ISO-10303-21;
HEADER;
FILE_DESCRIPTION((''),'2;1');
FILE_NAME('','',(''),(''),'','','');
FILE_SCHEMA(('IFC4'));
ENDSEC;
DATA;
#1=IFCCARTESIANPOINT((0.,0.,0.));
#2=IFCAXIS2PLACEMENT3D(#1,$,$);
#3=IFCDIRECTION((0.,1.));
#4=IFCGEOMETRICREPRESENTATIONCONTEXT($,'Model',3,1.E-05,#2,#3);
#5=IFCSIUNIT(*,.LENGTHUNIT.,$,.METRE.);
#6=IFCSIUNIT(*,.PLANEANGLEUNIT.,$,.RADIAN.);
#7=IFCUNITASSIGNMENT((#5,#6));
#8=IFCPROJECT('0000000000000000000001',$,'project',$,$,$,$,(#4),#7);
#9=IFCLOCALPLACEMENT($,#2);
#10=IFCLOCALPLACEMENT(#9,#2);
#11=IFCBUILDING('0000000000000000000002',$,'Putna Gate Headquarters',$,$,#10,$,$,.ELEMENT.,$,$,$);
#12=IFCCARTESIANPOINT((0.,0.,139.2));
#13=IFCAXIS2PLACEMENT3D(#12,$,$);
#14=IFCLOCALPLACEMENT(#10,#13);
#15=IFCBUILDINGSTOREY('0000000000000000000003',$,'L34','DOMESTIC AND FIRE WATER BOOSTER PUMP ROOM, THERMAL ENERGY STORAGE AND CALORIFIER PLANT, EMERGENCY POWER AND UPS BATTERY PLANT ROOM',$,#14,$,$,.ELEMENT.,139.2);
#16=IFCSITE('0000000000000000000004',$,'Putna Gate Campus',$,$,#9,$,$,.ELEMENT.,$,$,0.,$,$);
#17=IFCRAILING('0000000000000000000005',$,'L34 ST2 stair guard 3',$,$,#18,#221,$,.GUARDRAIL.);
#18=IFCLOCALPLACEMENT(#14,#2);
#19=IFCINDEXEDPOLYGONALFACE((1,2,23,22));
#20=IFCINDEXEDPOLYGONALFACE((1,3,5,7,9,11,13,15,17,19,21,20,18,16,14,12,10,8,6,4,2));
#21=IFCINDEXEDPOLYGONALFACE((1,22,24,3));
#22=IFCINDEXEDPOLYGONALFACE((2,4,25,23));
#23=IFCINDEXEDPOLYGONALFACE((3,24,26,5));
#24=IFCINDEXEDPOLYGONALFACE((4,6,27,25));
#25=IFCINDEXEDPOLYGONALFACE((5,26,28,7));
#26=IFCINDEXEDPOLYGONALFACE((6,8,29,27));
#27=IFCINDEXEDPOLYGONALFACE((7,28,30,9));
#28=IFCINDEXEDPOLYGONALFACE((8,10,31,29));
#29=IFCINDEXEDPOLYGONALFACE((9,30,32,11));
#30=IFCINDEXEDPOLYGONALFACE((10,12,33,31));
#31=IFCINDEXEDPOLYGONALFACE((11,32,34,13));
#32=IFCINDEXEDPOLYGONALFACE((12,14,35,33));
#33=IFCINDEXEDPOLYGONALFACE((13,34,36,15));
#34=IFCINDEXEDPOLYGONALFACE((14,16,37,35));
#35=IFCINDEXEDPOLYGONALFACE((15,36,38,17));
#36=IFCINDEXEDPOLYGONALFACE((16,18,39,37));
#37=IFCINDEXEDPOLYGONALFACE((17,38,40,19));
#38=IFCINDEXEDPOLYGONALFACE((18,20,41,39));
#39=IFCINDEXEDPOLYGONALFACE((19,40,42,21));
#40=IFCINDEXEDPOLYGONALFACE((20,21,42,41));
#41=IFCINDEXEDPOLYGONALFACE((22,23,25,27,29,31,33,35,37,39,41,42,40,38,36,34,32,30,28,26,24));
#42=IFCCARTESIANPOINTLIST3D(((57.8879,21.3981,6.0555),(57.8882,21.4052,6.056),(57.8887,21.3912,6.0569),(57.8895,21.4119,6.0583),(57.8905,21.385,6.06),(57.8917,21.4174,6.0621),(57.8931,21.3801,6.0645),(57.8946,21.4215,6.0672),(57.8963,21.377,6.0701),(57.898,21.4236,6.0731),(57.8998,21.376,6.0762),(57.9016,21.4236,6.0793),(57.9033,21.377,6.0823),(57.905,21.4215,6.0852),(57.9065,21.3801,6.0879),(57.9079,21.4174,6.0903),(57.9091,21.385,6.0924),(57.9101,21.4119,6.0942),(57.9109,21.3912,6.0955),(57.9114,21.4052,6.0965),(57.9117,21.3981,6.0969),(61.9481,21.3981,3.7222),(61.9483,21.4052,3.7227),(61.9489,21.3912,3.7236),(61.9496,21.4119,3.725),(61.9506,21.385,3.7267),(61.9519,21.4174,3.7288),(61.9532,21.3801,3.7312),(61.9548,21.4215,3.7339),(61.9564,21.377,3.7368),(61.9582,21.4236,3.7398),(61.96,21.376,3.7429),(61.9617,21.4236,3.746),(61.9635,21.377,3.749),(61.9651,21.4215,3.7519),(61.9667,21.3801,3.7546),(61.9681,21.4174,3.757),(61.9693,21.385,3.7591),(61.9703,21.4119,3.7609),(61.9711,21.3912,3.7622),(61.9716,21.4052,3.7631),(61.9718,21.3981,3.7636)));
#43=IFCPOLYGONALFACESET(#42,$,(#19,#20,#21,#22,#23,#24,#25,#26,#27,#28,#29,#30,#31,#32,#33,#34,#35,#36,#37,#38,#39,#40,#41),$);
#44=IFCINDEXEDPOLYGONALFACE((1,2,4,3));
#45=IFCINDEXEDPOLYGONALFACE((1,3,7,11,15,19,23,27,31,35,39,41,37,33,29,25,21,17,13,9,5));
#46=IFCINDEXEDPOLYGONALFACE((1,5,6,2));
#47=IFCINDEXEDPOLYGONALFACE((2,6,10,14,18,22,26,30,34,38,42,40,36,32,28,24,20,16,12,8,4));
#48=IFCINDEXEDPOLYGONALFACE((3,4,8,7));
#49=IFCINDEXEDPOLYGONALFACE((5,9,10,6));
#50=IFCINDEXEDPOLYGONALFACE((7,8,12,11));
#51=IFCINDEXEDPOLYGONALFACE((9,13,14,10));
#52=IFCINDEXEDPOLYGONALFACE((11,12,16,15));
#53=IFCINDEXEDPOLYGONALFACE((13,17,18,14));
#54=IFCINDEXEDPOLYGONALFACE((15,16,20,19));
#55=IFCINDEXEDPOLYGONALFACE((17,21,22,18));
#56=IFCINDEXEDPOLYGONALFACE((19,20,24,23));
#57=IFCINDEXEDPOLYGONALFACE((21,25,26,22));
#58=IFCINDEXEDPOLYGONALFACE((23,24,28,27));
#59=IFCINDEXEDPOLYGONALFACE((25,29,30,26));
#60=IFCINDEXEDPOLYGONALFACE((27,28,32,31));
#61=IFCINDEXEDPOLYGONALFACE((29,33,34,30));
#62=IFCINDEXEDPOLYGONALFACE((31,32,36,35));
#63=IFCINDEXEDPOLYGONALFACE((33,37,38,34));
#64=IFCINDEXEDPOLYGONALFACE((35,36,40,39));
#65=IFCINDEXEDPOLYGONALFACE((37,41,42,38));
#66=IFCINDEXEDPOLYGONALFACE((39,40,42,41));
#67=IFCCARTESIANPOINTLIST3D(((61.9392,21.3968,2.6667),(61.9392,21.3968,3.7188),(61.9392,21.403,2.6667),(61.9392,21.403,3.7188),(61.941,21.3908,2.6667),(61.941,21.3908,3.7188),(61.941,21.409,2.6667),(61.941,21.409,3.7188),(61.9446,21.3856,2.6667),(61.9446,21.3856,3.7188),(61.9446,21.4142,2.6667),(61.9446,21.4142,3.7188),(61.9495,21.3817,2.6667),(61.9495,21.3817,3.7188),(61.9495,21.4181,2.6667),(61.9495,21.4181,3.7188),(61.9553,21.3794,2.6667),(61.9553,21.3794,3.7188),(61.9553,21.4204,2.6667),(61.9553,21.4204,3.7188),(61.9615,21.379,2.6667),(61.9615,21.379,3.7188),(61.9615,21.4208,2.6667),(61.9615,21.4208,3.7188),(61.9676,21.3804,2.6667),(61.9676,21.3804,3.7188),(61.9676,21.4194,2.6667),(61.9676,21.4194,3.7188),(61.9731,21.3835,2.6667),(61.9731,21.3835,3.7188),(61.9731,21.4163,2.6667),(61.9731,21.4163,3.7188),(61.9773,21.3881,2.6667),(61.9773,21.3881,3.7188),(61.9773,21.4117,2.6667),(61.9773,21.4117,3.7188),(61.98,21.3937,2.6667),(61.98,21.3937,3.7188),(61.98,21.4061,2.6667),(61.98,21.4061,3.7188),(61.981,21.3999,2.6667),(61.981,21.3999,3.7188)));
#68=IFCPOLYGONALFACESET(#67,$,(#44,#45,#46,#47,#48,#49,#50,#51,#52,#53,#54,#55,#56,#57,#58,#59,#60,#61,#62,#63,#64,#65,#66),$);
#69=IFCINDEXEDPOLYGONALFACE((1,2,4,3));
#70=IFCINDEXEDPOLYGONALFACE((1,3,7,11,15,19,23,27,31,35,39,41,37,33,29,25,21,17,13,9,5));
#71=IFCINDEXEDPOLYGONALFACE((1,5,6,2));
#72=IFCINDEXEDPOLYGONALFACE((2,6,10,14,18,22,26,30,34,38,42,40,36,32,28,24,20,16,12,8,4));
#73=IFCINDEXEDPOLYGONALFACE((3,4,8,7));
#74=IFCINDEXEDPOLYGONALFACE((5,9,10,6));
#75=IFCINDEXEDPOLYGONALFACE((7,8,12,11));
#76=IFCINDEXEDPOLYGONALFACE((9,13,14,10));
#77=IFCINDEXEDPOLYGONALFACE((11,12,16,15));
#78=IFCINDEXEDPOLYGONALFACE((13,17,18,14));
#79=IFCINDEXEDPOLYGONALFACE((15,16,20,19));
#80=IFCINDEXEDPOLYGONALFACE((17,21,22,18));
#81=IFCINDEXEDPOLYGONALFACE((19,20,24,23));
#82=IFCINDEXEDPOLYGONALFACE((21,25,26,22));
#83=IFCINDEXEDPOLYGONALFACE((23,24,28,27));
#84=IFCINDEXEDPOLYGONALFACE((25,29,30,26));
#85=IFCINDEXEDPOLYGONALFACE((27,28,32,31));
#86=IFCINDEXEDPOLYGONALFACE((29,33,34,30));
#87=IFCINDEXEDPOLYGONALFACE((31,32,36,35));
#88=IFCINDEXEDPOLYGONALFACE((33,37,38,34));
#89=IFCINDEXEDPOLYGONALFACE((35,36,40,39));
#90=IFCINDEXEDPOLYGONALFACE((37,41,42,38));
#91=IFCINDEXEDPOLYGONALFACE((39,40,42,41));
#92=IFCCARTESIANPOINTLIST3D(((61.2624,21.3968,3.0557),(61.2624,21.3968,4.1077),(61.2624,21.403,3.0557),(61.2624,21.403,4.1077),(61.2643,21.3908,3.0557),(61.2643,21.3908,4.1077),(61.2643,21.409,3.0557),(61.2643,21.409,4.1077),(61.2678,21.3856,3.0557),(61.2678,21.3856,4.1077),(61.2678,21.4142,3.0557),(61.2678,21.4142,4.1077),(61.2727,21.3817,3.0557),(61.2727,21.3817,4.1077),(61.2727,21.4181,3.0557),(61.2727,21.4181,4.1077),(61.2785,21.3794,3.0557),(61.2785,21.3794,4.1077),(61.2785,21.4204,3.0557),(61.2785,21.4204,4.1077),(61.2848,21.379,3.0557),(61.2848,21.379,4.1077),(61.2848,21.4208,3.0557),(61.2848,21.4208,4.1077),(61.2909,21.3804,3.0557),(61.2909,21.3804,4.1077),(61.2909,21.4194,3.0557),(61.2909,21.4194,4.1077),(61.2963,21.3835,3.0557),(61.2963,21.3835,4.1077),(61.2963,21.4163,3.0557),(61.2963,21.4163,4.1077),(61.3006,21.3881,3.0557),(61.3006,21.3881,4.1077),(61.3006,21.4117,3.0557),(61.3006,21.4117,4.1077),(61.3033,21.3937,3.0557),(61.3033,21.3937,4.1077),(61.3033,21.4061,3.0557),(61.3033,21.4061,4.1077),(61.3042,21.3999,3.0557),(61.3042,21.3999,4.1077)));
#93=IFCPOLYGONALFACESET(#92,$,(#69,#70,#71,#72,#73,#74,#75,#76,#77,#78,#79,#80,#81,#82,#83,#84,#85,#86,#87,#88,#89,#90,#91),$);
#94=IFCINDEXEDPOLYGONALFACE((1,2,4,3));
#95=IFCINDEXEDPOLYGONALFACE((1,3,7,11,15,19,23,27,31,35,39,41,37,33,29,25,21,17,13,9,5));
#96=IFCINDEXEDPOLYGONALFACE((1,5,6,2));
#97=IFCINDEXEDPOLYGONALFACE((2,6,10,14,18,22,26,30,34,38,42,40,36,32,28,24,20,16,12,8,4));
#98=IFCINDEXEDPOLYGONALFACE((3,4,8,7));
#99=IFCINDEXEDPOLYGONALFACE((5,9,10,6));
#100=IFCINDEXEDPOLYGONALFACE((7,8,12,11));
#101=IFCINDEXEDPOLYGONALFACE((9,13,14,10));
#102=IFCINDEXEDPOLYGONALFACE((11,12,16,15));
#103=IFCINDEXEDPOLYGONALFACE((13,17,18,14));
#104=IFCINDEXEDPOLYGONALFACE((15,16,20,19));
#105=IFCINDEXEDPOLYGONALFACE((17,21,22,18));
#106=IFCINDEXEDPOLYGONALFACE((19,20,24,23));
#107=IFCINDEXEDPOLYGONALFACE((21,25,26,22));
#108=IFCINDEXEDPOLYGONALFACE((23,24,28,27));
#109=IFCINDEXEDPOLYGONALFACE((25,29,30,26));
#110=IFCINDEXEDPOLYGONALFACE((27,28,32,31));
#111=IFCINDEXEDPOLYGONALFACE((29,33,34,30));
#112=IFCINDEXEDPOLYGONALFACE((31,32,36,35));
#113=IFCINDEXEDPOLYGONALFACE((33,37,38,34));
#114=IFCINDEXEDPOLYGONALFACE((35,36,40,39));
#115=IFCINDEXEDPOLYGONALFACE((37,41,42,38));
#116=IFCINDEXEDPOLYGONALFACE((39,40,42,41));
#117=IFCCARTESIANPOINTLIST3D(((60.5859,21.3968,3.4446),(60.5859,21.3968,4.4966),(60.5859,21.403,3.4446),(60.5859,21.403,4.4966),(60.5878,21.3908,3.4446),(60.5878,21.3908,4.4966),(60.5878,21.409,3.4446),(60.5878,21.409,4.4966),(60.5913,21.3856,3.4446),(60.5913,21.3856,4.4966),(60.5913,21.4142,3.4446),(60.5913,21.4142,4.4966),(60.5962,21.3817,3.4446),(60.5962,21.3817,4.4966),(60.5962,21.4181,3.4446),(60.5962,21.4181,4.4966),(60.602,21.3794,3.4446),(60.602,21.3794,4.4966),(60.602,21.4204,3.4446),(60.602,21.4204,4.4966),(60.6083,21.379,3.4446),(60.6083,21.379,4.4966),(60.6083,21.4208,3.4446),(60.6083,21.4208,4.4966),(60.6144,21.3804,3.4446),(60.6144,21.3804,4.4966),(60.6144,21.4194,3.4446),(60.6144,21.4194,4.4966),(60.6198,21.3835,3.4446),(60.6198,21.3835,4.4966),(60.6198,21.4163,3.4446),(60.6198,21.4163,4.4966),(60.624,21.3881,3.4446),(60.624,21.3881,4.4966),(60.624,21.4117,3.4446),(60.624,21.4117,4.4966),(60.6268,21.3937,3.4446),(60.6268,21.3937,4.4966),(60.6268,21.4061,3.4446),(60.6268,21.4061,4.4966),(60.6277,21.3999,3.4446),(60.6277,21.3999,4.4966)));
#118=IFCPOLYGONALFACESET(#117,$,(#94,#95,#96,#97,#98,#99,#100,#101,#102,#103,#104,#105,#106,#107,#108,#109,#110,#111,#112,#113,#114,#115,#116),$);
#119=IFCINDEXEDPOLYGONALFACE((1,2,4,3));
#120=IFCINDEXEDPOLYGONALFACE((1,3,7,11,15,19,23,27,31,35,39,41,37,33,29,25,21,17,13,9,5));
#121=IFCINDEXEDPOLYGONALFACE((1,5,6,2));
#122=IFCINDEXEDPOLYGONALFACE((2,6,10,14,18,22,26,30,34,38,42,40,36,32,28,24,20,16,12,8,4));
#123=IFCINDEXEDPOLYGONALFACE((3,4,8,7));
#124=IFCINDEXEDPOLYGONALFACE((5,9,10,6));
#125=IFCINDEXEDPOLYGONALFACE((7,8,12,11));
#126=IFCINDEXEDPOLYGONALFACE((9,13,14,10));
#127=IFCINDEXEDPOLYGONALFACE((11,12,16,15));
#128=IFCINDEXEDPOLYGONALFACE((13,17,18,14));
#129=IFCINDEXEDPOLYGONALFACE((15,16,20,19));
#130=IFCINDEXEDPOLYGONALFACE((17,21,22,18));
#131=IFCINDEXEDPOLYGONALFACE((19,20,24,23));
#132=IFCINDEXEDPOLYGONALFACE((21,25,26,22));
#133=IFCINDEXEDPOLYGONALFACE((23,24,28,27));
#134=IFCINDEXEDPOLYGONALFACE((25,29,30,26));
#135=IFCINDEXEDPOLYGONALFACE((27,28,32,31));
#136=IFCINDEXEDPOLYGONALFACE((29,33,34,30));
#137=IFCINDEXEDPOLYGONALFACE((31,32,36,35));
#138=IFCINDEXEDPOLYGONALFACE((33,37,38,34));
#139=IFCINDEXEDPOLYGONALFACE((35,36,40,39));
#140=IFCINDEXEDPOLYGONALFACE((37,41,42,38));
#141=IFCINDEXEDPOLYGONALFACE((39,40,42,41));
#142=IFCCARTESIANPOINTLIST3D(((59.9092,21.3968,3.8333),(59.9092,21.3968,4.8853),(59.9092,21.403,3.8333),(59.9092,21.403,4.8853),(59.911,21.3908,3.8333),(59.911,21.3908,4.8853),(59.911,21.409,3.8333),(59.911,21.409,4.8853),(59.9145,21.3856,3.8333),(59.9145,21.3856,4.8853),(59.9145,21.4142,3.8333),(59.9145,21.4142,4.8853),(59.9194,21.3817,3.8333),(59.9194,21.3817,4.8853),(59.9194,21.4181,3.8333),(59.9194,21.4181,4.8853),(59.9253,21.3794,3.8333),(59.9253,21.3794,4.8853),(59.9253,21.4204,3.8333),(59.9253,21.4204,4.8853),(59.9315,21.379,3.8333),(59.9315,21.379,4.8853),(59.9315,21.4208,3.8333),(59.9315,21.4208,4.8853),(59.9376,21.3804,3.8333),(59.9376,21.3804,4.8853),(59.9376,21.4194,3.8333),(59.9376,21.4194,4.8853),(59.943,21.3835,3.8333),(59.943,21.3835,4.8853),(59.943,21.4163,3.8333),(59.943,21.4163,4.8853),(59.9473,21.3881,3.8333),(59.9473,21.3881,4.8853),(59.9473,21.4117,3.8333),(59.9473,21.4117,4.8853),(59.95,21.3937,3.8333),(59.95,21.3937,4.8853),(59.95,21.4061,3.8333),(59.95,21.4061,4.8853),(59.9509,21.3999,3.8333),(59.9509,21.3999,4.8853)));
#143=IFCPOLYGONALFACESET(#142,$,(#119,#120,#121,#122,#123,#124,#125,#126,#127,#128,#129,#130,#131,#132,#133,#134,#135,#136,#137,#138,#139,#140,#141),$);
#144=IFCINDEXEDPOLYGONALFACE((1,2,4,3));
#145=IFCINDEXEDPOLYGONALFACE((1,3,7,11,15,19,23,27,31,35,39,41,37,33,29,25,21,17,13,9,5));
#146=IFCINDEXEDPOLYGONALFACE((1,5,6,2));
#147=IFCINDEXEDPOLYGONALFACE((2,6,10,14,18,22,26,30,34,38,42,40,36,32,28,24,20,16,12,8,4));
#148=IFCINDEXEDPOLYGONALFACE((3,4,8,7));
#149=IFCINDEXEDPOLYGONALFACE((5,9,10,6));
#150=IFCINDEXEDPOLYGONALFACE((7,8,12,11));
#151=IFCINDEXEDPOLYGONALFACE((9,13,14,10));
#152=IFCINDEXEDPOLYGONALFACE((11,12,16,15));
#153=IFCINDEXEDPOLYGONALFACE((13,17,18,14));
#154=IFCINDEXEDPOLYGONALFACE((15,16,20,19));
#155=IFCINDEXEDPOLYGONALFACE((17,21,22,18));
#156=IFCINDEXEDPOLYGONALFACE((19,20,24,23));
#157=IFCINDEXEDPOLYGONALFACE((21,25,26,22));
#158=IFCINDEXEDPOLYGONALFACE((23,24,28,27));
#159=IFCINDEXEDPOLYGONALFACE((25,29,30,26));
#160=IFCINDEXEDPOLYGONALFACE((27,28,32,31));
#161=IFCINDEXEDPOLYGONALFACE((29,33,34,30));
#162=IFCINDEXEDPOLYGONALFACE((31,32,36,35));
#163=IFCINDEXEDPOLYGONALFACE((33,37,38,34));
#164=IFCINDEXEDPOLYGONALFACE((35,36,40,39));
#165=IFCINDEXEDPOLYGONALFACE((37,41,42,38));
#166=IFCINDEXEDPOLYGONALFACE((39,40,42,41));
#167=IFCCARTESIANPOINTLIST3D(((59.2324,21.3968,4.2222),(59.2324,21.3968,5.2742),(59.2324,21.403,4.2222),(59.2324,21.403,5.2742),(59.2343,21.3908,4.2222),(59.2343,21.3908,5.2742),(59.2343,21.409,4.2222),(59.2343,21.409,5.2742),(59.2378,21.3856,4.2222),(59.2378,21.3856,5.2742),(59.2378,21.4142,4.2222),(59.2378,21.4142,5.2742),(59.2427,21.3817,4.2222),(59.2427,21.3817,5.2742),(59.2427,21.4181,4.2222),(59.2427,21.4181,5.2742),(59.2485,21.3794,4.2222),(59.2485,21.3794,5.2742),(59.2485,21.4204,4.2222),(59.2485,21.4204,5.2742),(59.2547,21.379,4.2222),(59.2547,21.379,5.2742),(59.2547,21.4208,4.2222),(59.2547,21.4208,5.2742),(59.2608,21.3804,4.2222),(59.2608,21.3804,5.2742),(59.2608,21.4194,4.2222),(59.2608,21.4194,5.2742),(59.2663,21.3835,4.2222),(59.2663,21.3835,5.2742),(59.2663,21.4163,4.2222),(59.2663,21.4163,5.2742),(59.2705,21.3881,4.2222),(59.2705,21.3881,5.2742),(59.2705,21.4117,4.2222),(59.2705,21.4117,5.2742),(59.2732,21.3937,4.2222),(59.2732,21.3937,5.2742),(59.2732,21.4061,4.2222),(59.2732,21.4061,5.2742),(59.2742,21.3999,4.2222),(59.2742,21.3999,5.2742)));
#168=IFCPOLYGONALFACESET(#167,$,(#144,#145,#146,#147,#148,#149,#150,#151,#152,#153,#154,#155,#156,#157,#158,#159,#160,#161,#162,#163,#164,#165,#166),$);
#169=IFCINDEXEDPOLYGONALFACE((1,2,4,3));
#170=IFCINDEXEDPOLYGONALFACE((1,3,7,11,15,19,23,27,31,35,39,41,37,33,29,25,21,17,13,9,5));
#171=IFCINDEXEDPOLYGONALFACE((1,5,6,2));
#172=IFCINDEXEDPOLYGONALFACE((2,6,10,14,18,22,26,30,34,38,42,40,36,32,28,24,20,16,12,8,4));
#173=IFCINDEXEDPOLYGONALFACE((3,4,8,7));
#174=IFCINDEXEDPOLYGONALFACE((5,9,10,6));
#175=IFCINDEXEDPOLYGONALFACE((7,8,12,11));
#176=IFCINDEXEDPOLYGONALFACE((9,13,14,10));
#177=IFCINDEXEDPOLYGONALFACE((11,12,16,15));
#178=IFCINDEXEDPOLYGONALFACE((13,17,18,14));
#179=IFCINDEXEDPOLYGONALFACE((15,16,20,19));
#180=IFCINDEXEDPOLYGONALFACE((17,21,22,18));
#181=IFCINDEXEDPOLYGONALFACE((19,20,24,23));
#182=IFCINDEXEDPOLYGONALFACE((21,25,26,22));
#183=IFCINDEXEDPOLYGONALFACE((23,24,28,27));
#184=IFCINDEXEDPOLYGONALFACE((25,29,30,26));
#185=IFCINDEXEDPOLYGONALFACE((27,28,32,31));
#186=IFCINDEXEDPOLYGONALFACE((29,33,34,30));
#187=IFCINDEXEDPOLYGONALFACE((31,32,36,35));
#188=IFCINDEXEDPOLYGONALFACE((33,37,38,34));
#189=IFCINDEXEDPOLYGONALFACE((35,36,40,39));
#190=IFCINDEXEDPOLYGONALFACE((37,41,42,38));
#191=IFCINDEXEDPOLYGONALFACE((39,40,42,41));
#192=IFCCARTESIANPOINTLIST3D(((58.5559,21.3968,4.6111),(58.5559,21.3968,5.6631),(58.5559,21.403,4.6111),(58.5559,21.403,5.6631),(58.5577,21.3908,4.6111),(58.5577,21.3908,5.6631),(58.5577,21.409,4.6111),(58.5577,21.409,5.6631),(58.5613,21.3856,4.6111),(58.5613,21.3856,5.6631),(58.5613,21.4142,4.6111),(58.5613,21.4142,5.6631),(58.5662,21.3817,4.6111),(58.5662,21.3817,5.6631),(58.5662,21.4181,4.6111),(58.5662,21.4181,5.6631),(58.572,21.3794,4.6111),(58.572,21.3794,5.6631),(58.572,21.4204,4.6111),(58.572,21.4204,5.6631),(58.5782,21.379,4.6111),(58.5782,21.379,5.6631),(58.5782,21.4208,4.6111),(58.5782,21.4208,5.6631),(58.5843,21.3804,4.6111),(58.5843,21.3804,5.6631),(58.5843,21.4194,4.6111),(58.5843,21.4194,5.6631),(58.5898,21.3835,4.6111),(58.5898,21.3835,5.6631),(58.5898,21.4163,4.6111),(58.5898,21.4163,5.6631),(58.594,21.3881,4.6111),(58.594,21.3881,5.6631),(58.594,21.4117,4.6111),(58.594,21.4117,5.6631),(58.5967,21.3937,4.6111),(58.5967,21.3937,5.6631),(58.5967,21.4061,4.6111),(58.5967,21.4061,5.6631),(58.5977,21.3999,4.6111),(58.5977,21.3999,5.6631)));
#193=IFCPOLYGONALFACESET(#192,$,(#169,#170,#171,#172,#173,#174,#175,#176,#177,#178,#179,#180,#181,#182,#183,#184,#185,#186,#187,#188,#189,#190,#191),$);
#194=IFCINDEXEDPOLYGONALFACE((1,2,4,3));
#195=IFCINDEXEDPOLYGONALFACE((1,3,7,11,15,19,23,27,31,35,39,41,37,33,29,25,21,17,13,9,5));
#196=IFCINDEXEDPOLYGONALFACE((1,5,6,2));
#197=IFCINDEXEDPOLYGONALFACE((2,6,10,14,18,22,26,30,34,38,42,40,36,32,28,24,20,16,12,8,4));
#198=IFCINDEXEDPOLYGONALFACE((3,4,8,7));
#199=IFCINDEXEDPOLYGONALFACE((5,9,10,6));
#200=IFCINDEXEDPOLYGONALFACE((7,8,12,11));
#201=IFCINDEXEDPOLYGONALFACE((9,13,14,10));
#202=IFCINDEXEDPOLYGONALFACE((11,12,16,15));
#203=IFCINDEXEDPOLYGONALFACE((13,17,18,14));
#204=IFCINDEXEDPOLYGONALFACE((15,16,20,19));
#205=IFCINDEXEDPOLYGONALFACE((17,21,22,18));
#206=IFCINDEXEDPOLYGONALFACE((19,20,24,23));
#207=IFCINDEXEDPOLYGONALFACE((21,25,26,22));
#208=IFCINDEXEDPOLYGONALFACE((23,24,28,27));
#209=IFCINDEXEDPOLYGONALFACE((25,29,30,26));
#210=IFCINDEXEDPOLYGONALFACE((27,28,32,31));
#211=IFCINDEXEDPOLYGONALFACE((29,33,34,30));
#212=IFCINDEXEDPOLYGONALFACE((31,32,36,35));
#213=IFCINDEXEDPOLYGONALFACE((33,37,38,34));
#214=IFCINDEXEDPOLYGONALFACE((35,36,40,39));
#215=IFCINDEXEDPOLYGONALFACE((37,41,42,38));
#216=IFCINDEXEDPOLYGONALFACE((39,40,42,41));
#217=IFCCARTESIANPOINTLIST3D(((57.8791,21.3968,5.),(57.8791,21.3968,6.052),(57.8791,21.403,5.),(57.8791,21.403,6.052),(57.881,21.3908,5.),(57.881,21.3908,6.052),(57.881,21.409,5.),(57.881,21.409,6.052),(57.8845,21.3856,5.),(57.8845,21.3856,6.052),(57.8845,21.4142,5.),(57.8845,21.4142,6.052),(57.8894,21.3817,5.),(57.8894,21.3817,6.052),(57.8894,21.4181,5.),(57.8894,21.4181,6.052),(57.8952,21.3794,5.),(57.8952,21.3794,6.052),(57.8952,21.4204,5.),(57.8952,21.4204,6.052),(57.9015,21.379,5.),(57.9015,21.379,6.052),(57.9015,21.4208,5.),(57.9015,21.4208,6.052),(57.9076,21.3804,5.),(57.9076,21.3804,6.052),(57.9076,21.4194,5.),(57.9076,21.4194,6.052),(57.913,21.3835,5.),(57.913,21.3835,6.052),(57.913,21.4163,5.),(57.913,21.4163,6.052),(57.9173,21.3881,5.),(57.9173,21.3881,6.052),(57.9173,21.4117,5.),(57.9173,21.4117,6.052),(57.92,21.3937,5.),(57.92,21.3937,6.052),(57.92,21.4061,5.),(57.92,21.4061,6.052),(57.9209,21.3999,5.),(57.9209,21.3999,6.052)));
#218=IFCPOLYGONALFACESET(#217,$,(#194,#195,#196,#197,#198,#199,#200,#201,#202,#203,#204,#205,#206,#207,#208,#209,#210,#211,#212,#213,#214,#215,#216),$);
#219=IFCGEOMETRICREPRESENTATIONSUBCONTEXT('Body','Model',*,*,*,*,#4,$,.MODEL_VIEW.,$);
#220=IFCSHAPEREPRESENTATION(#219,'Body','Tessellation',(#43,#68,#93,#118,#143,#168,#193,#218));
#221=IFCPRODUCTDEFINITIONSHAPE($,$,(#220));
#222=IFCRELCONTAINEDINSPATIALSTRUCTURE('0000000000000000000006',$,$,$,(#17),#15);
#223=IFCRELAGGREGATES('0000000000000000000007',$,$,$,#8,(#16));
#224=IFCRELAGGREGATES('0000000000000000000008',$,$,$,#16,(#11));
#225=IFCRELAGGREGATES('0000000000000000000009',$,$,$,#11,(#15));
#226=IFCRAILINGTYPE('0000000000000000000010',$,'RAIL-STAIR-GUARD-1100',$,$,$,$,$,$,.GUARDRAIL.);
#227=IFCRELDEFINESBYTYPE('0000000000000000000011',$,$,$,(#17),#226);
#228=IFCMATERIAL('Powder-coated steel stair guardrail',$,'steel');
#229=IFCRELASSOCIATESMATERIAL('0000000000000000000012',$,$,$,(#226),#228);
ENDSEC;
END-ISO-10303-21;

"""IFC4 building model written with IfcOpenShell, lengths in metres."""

from ifc_helpers import new_model, si_unit, direction, frame, origin, origin_2d, place, context, subcontext, project, spatial, circle, extrude, material, type_object, element, save


model = new_model("IFC4")

# Units and contexts
model_context = context("Model", 3, precision=1e-05, world=origin(), true_north=direction((0.0, 1.0)))
body_context = subcontext(model_context, "Body", "Model", "MODEL_VIEW")
ifc_project = project(units=[si_unit("LENGTHUNIT", "METRE"), si_unit("PLANEANGLEUNIT", "RADIAN")], contexts=[model_context])

# Site, building, storey
site_placement = place(None, origin())
site = spatial("IfcSite", under=ifc_project, at=site_placement, Name="Putna Gate Campus", CompositionType="ELEMENT", RefElevation=0.0)
building_placement = place(site_placement, origin())
building = spatial("IfcBuilding", under=site, at=building_placement, Name="Putna Gate Headquarters", CompositionType="ELEMENT")
storey_placement = place(building_placement, frame((0.0, 0.0, 139.2)))
storey = spatial("IfcBuildingStorey", under=building, at=storey_placement, Name="L34", Description="DOMESTIC AND FIRE WATER BOOSTER PUMP ROOM, THERMAL ENERGY STORAGE AND CALORIFIER PLANT, EMERGENCY POWER AND UPS BATTERY PLANT ROOM", CompositionType="ELEMENT", Elevation=139.2)

# Railing
ifc_material_1 = material(Name="Powder-coated steel stair guardrail", Category="steel")
railing_type = type_object("IfcRailingType", Name="RAIL-STAIR-GUARD-1100", PredefinedType="GUARDRAIL", material=ifc_material_1)
railing_1_placement = place(storey_placement, frame((61.96, 21.3999, 2.6667)))
element("IfcRailing", 1, at=railing_1_placement, inside=storey, type_object=railing_type, Name="L34 ST2 stair guard 3", PredefinedType="GUARDRAIL", context=body_context, shape_type="SweptSolid", body=[
    extrude(circle(Radius=0.0239, at=origin_2d()), frame((0.0, 0.0, 1.0762), z_axis=(-0.867025, 0.0, 0.498265), x_axis=(0.0, -1.0, 0.0)), (0.0, 0.0, 1.0), 4.6829),
    extrude(circle(Radius=0.021, at=origin_2d()), origin(), (0.0, 0.0, 1.0), 1.052),
    extrude(circle(Radius=0.021, at=origin_2d()), frame((-0.6768, 0.0, 0.3889)), (0.0, 0.0, 1.0), 1.052),
    extrude(circle(Radius=0.021, at=origin_2d()), frame((-1.3533, 0.0, 0.7778)), (0.0, 0.0, 1.0), 1.052),
    extrude(circle(Radius=0.021, at=origin_2d()), frame((-2.03, 0.0, 1.1665)), (0.0, 0.0, 1.0), 1.052),
    extrude(circle(Radius=0.021, at=origin_2d()), frame((-2.7068, 0.0, 1.5554)), (0.0, 0.0, 1.0), 1.052),
    extrude(circle(Radius=0.021, at=origin_2d()), frame((-3.3833, 0.0, 1.9443)), (0.0, 0.0, 1.0), 1.052),
    extrude(circle(Radius=0.021, at=origin_2d()), frame((-4.0601, 0.0, 2.3333)), (0.0, 0.0, 1.0), 1.052),
])

save(model, "model.ifc")
